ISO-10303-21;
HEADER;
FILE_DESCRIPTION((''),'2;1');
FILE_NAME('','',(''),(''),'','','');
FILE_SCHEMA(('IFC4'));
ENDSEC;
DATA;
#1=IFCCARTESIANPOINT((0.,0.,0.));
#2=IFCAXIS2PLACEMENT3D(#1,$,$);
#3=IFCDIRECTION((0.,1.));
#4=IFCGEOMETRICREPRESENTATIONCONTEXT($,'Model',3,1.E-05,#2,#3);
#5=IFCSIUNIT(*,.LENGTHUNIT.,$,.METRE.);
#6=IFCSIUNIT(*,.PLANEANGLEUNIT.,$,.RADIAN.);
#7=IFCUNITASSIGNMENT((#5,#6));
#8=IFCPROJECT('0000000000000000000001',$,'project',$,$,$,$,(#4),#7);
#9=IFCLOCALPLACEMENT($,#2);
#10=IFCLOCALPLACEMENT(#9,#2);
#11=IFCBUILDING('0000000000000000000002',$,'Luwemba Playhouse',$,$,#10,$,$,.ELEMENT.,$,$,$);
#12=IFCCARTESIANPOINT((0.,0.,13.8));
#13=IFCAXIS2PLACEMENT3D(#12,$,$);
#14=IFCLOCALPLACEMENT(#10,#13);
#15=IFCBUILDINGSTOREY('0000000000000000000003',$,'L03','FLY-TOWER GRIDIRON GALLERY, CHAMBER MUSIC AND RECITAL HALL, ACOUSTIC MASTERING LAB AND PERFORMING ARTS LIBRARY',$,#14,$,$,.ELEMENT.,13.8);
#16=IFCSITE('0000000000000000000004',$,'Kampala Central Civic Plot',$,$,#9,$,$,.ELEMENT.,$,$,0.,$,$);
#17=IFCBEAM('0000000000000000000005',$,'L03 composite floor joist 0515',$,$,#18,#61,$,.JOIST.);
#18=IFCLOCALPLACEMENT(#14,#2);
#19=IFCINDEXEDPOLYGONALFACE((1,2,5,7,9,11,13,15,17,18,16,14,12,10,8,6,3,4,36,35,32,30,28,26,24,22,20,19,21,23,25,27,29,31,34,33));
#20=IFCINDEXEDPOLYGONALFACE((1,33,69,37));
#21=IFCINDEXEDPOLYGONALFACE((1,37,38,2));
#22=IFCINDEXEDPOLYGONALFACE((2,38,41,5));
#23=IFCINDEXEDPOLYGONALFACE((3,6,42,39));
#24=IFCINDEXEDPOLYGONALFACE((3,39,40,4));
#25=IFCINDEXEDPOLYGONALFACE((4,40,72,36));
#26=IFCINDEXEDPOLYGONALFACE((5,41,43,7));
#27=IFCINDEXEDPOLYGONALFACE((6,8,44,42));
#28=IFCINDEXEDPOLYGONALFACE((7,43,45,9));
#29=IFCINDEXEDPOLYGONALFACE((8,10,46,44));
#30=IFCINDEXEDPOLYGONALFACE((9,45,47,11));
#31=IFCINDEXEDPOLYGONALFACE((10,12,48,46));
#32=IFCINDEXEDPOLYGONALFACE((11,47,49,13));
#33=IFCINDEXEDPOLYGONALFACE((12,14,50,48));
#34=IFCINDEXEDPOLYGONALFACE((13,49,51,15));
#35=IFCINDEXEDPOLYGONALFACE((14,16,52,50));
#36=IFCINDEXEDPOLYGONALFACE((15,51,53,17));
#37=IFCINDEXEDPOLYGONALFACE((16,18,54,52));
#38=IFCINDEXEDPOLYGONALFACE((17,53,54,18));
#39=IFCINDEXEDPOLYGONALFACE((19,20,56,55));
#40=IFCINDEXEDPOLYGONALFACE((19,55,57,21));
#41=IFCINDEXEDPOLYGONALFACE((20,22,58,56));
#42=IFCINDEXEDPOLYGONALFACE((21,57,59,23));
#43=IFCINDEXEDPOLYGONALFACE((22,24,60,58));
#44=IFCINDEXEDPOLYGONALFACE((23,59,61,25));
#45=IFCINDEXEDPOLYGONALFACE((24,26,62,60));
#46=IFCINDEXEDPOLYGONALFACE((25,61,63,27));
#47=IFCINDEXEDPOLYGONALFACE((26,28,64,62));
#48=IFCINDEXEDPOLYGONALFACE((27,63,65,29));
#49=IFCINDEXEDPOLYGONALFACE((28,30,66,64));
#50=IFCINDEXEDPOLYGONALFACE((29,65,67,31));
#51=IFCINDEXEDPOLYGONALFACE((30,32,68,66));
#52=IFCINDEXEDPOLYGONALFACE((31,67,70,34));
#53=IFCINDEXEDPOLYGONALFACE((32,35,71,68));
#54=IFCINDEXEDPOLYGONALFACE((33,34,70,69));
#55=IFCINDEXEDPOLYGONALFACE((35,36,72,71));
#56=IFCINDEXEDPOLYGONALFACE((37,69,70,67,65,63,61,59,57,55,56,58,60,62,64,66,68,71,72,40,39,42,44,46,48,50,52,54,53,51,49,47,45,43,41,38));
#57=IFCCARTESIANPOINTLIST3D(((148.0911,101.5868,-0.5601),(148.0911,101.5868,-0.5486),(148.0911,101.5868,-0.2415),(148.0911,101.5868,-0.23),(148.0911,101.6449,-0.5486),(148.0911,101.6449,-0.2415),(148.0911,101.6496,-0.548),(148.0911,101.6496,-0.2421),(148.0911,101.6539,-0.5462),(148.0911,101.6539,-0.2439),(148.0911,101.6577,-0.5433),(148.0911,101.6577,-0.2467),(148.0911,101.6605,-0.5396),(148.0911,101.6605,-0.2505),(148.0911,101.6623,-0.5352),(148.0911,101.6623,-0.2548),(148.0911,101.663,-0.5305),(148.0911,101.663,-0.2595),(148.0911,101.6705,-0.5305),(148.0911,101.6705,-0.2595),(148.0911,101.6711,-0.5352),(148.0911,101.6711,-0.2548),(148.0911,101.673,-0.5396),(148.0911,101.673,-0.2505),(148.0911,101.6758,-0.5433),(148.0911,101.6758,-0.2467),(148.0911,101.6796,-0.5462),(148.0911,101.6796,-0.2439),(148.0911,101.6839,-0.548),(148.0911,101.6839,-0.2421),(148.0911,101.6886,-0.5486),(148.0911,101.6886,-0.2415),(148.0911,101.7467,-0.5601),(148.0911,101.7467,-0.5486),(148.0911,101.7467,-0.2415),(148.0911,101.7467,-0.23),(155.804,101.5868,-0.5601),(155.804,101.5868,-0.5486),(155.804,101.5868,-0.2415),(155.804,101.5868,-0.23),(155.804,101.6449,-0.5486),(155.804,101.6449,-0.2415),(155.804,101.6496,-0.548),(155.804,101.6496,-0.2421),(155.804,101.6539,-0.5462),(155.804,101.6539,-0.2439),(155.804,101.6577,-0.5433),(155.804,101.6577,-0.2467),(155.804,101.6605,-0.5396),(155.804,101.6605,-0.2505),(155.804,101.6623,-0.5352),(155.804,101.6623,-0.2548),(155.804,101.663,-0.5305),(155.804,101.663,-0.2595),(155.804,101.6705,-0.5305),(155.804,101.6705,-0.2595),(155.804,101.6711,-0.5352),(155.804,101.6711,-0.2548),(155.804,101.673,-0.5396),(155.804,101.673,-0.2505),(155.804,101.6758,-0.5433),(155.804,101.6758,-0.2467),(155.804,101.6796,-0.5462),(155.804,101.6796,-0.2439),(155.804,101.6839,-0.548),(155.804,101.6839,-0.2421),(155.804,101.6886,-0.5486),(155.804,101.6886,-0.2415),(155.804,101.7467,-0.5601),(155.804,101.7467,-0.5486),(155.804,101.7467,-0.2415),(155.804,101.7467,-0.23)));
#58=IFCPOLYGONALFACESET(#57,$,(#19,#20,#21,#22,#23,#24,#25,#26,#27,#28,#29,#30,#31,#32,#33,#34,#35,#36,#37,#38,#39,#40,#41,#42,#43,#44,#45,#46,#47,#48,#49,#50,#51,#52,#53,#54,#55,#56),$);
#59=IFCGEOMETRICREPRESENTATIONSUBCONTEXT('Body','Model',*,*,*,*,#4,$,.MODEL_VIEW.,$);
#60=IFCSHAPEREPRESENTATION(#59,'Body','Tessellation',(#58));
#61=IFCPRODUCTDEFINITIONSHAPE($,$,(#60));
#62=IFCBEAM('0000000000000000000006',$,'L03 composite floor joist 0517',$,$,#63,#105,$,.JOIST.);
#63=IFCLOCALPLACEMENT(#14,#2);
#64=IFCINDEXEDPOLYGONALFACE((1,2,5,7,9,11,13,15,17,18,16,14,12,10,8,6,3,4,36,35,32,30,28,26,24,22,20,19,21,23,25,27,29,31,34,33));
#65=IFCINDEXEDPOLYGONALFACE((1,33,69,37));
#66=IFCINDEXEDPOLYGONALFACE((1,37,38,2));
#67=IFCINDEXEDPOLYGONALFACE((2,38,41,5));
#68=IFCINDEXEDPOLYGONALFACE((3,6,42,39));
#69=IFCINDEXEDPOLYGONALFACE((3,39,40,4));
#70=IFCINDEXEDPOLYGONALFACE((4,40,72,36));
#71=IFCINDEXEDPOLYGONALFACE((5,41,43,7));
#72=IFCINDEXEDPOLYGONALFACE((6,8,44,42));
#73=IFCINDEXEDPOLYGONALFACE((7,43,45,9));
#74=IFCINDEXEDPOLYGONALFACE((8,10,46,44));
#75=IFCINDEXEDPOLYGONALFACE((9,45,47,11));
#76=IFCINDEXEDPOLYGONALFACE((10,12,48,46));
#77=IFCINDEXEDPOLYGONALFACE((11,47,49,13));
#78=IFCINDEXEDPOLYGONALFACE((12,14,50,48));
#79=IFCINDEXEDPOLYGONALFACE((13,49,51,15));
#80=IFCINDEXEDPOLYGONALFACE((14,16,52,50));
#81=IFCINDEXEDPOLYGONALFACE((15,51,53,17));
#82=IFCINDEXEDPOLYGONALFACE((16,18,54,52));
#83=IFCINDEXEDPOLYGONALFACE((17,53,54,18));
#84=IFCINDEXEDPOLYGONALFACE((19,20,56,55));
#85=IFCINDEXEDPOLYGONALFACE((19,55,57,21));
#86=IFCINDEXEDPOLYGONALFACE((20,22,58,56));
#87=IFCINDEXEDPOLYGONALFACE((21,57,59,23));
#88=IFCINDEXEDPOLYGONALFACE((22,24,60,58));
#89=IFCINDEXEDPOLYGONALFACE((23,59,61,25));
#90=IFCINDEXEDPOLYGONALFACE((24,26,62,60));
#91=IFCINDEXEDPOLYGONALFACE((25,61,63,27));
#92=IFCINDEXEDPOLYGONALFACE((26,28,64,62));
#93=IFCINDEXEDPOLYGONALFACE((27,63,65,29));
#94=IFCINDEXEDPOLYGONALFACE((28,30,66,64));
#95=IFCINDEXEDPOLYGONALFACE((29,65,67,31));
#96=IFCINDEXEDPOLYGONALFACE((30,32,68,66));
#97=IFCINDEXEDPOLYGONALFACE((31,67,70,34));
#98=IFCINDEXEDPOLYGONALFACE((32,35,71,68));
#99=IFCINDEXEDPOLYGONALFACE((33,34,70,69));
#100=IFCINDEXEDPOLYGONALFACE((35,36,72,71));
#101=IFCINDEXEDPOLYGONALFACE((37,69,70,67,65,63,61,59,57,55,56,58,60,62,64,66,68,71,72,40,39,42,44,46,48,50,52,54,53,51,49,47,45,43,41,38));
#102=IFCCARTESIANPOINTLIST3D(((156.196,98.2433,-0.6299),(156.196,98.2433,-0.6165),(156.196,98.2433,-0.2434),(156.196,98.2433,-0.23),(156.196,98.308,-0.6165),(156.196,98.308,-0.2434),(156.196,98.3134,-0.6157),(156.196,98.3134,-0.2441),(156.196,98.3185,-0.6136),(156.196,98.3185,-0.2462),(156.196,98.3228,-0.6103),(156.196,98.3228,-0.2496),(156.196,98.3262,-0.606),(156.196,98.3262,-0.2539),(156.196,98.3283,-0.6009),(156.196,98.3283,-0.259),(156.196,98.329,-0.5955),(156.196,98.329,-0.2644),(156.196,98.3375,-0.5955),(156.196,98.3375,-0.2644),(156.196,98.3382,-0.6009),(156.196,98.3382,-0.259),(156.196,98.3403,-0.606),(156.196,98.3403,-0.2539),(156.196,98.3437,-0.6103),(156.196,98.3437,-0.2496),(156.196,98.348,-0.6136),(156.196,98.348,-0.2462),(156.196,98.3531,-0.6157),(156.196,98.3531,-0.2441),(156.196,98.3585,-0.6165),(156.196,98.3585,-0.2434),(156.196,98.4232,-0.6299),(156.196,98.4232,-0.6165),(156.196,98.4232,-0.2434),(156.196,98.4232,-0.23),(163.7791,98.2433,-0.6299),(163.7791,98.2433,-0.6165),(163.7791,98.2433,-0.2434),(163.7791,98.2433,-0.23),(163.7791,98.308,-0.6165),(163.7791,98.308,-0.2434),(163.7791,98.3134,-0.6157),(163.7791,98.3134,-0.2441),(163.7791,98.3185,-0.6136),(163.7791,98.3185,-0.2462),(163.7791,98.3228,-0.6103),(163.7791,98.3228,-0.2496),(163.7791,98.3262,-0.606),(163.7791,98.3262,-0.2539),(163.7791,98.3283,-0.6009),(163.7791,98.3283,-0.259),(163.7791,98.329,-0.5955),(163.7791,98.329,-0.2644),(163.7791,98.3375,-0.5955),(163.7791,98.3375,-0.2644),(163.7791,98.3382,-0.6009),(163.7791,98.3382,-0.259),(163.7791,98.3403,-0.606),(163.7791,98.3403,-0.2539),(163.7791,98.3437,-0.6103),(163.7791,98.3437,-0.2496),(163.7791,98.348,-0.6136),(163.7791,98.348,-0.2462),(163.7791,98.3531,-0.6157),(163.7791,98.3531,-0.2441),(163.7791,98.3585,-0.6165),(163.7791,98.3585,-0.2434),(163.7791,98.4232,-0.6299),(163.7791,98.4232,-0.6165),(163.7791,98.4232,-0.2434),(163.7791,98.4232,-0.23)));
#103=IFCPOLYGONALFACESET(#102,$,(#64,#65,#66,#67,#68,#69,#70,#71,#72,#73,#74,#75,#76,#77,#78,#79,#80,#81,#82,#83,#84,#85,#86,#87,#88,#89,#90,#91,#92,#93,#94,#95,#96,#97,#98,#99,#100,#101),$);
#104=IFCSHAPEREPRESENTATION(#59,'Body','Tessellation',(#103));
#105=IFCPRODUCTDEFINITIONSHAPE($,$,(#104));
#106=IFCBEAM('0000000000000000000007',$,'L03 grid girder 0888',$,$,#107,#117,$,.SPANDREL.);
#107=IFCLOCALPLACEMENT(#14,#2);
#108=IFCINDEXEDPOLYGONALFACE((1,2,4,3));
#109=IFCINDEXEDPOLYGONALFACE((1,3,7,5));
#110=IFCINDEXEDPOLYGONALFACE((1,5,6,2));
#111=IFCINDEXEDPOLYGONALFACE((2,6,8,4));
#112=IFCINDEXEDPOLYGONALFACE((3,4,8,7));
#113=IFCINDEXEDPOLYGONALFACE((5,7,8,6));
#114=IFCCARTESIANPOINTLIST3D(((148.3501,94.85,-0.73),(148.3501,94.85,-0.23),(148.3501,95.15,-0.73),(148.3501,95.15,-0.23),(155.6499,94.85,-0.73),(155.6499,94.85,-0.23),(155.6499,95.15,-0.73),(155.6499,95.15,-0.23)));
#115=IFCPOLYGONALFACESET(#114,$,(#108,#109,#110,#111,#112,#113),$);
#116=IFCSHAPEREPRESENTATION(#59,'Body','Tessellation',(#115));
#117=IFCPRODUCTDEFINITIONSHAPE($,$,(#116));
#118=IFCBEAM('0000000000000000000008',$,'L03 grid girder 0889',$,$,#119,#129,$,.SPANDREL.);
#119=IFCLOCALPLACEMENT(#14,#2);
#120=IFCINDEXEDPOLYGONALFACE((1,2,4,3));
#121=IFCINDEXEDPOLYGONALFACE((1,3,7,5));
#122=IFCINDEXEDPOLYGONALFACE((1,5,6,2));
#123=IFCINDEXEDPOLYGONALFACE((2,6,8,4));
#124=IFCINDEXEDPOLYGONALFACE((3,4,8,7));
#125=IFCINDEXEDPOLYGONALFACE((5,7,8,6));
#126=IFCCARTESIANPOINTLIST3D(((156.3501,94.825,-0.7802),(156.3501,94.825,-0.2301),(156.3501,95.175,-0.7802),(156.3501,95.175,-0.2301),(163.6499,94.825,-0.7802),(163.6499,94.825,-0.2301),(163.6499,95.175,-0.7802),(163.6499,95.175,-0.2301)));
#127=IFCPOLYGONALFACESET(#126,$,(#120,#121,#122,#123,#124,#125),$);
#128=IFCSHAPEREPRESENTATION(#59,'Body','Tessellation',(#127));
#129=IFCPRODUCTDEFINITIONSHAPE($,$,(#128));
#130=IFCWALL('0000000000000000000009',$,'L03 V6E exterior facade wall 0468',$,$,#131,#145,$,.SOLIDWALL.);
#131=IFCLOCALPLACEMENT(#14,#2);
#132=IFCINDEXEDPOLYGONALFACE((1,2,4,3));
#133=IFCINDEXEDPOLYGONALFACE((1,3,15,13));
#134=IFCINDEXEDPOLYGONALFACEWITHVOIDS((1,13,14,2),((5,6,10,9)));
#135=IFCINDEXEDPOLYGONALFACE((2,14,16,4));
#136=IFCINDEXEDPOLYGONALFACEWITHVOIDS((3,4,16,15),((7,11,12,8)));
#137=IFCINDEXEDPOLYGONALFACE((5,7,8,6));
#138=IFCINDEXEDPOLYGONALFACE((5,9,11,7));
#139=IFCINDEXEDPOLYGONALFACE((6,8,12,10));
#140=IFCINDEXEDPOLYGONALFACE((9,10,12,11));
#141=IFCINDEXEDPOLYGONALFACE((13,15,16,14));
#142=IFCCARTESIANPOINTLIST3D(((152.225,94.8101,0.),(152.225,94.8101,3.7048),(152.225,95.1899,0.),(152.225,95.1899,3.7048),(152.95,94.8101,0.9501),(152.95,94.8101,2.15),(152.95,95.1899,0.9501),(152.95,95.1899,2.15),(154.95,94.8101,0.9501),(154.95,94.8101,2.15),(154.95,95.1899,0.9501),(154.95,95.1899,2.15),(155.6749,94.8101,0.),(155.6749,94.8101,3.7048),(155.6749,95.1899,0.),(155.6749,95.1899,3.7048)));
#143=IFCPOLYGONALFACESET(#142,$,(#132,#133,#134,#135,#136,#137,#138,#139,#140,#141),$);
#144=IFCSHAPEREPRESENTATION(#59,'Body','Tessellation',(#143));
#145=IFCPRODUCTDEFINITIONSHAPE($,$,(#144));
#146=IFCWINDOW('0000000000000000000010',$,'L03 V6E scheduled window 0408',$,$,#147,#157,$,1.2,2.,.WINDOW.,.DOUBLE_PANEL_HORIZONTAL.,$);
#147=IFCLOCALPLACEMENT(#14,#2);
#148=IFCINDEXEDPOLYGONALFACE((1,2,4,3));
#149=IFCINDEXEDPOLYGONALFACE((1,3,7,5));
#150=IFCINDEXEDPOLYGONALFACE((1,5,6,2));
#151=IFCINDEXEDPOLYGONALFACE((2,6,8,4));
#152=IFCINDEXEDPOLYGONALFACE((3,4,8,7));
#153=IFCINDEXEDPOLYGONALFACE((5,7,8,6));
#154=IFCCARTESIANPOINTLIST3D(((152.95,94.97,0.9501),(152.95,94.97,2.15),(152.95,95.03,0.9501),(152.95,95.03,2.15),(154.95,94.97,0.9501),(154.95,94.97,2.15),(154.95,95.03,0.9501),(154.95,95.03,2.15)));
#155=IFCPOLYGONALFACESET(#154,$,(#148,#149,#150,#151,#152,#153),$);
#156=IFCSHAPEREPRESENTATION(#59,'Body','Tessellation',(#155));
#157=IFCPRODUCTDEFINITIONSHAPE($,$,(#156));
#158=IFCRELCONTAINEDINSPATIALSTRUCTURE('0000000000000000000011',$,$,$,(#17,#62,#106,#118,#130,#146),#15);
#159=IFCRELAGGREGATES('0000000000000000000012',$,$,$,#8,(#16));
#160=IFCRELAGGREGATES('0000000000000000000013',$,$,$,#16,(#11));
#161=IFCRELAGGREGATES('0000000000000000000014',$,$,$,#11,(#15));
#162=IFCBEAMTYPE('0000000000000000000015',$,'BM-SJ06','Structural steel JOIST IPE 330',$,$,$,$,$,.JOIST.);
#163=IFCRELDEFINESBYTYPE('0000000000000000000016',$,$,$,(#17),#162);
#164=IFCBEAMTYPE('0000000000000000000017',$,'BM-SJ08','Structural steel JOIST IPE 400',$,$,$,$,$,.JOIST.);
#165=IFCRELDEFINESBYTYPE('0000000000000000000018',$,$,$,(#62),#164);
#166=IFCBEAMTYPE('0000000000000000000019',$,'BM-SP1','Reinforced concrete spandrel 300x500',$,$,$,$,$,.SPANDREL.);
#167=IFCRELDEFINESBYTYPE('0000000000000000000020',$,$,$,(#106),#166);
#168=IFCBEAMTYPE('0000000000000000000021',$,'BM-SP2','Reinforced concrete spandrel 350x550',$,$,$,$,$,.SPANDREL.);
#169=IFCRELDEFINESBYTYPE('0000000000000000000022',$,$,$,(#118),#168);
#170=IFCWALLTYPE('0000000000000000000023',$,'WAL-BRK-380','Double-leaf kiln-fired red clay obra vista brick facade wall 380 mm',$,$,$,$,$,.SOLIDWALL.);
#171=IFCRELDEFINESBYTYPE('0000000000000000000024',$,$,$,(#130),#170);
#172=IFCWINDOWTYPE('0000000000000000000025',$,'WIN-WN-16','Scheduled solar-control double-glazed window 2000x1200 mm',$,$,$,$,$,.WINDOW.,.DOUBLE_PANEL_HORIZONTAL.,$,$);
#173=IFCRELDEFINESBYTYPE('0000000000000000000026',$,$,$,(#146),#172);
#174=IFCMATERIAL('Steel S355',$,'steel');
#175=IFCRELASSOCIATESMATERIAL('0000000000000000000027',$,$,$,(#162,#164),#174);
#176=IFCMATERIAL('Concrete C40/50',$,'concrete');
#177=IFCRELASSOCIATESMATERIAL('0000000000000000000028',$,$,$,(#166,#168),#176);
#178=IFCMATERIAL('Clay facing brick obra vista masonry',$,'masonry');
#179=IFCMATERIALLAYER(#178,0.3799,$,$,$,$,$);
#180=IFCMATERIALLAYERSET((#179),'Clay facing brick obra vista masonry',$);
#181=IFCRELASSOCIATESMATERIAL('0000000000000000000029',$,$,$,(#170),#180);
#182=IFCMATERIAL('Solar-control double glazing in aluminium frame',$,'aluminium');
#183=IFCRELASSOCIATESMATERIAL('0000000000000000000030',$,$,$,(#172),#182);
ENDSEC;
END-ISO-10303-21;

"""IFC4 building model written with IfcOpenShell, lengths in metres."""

from ifc_helpers import new_model, si_unit, direction, frame, frame_2d, origin, origin_2d, place, context, subcontext, project, spatial, rectangle, i_section, extrude, material, layer, layer_set, material_profile, profile_set, type_object, element, fill, save


model = new_model("IFC4")

# Units and contexts
model_context = context("Model", 3, precision=1e-05, world=origin(), true_north=direction((0.0, 1.0)))
body_context = subcontext(model_context, "Body", "Model", "MODEL_VIEW")
ifc_project = project(units=[si_unit("LENGTHUNIT", "METRE"), si_unit("PLANEANGLEUNIT", "RADIAN")], contexts=[model_context])

# Site, building, storey
site_placement = place(None, origin())
site = spatial("IfcSite", under=ifc_project, at=site_placement, Name="Kampala Central Civic Plot", CompositionType="ELEMENT", RefElevation=0.0)
building_placement = place(site_placement, origin())
building = spatial("IfcBuilding", under=site, at=building_placement, Name="Luwemba Playhouse", CompositionType="ELEMENT")
storey_placement = place(building_placement, frame((0.0, 0.0, 13.8)))
storey = spatial("IfcBuildingStorey", under=building, at=storey_placement, Name="L03", Description="FLY-TOWER GRIDIRON GALLERY, CHAMBER MUSIC AND RECITAL HALL, ACOUSTIC MASTERING LAB AND PERFORMING ARTS LIBRARY", CompositionType="ELEMENT", Elevation=13.8)

# Shared definitions
ifc_material_1 = material(Name="Concrete C40/50", Category="concrete")

# Beams
ifc_material_2 = material(Name="Steel S355", Category="steel")
ifc_material_profile_1 = material_profile(ifc_material_2, i_section(OverallWidth=0.1599, OverallDepth=0.3301, WebThickness=0.0076, FlangeThickness=0.0115, FilletRadius=0.0181, at=origin_2d()))
ifc_profile_set_1 = profile_set([ifc_material_profile_1], Name="Steel S355")
beam_type_1 = type_object("IfcBeamType", Name="BM-SJ06", Description="Structural steel JOIST IPE 330", PredefinedType="JOIST", material=ifc_profile_set_1)
beam_1_placement = place(storey_placement, frame((148.0911, 101.6667, -0.395), z_axis=(1.0, 0.0, 0.0), x_axis=(0.0, 1.0, 0.0)))
element("IfcBeam", 1, at=beam_1_placement, inside=storey, type_object=beam_type_1, Name="L03 composite floor joist 0515", PredefinedType="JOIST", context=body_context, shape_type="SweptSolid", body=[
    extrude(i_section(OverallWidth=0.1599, OverallDepth=0.3301, WebThickness=0.0076, FlangeThickness=0.0115, FilletRadius=0.0181, at=origin_2d()), origin(), (0.0, 0.0, 1.0), 7.7129),
])
ifc_material_profile_2 = material_profile(ifc_material_2, i_section(OverallWidth=0.1799, OverallDepth=0.3999, WebThickness=0.0085, FlangeThickness=0.0134, FilletRadius=0.021, at=origin_2d()))
ifc_profile_set_2 = profile_set([ifc_material_profile_2], Name="Steel S355")
beam_type_2 = type_object("IfcBeamType", Name="BM-SJ08", Description="Structural steel JOIST IPE 400", PredefinedType="JOIST", material=ifc_profile_set_2)
beam_2_placement = place(storey_placement, frame((156.196, 98.3333, -0.4299), z_axis=(1.0, 0.0, 0.0), x_axis=(0.0, 1.0, 0.0)))
element("IfcBeam", 2, at=beam_2_placement, inside=storey, type_object=beam_type_2, Name="L03 composite floor joist 0517", PredefinedType="JOIST", context=body_context, shape_type="SweptSolid", body=[
    extrude(i_section(OverallWidth=0.1799, OverallDepth=0.3999, WebThickness=0.0085, FlangeThickness=0.0134, FilletRadius=0.021, at=origin_2d()), origin(), (0.0, 0.0, 1.0), 7.583),
])
ifc_material_profile_3 = material_profile(ifc_material_1, rectangle(XDim=0.3, YDim=0.5, at=origin_2d()))
ifc_profile_set_3 = profile_set([ifc_material_profile_3], Name="Concrete C40/50")
beam_type_3 = type_object("IfcBeamType", Name="BM-SP1", Description="Reinforced concrete spandrel 300x500", PredefinedType="SPANDREL", material=ifc_profile_set_3)
beam_3_placement = place(storey_placement, frame((148.3501, 95.0, -0.48), z_axis=(1.0, 0.0, 0.0), x_axis=(0.0, 1.0, 0.0)))
element("IfcBeam", 3, at=beam_3_placement, inside=storey, type_object=beam_type_3, Name="L03 grid girder 0888", PredefinedType="SPANDREL", context=body_context, shape_type="SweptSolid", body=[
    extrude(rectangle(XDim=0.3, YDim=0.5, at=origin_2d()), origin(), (0.0, 0.0, 1.0), 7.2998),
])
ifc_material_profile_4 = material_profile(ifc_material_1, rectangle(XDim=0.3501, YDim=0.55, at=origin_2d()))
ifc_profile_set_4 = profile_set([ifc_material_profile_4], Name="Concrete C40/50")
beam_type_4 = type_object("IfcBeamType", Name="BM-SP2", Description="Reinforced concrete spandrel 350x550", PredefinedType="SPANDREL", material=ifc_profile_set_4)
beam_4_placement = place(storey_placement, frame((156.3501, 95.0, -0.5051), z_axis=(1.0, 0.0, 0.0), x_axis=(0.0, 1.0, 0.0)))
element("IfcBeam", 4, at=beam_4_placement, inside=storey, type_object=beam_type_4, Name="L03 grid girder 0889", PredefinedType="SPANDREL", context=body_context, shape_type="SweptSolid", body=[
    extrude(rectangle(XDim=0.3501, YDim=0.55, at=origin_2d()), origin(), (0.0, 0.0, 1.0), 7.2998),
])

# Wall, opening, window
ifc_material_3 = material(Name="Clay facing brick obra vista masonry", Category="masonry")
ifc_layer_1 = layer(ifc_material_3, 0.3799)
ifc_layer_set_1 = layer_set([ifc_layer_1], Name="Clay facing brick obra vista masonry")
wall_type_1 = type_object("IfcWallType", Name="WAL-BRK-380", Description="Double-leaf kiln-fired red clay obra vista brick facade wall 380 mm", PredefinedType="SOLIDWALL", material=ifc_layer_set_1)
wall_1_placement = place(storey_placement, frame((155.675, 95.0, 0.0), z_axis=(0.0, 0.0, 1.0), x_axis=(-1.0, 0.0, 0.0)))
wall_1 = element("IfcWall", 5, at=wall_1_placement, inside=storey, type_object=wall_type_1, Name="L03 V6E exterior facade wall 0468", PredefinedType="SOLIDWALL", context=body_context, shape_type="SweptSolid", body=[
    extrude(rectangle(XDim=3.45, YDim=0.3799, at=frame_2d((1.7251, 0.0))), origin(), (0.0, 0.0, 1.0), 3.7048),
])
opening_1_placement = place(wall_1_placement, frame((0.7251, 0.0, 0.95)))
opening_1 = element("IfcOpeningElement", 6, at=opening_1_placement, cuts=wall_1, PredefinedType="OPENING", context=body_context, shape_type="SweptSolid", body=[
    extrude(rectangle(XDim=2.0, YDim=1.2, at=frame_2d((1.0, 0.6001))), frame((0.0, 0.2, 0.0), z_axis=(0.0, -1.0, 0.0), x_axis=(1.0, 0.0, 0.0)), (0.0, 0.0, 1.0), 0.3999),
])
ifc_material_4 = material(Name="Solar-control double glazing in aluminium frame", Category="aluminium")
window_type_1 = type_object("IfcWindowType", Name="WIN-WN-16", Description="Scheduled solar-control double-glazed window 2000x1200 mm", PartitioningType="DOUBLE_PANEL_HORIZONTAL", PredefinedType="WINDOW", material=ifc_material_4)
window_1_placement = place(opening_1_placement, origin())
window_1 = element("IfcWindow", 7, at=window_1_placement, inside=storey, type_object=window_type_1, Name="L03 V6E scheduled window 0408", OverallHeight=1.2, OverallWidth=2.0, PartitioningType="DOUBLE_PANEL_HORIZONTAL", PredefinedType="WINDOW", context=body_context, shape_type="SweptSolid", body=[
    extrude(rectangle(XDim=2.0, YDim=1.2, at=frame_2d((1.0, 0.6001))), frame((0.0, 0.03, 0.0), z_axis=(0.0, -1.0, 0.0), x_axis=(1.0, 0.0, 0.0)), (0.0, 0.0, 1.0), 0.0601),
])
fill(opening_1, window_1)

save(model, "model.ifc")
